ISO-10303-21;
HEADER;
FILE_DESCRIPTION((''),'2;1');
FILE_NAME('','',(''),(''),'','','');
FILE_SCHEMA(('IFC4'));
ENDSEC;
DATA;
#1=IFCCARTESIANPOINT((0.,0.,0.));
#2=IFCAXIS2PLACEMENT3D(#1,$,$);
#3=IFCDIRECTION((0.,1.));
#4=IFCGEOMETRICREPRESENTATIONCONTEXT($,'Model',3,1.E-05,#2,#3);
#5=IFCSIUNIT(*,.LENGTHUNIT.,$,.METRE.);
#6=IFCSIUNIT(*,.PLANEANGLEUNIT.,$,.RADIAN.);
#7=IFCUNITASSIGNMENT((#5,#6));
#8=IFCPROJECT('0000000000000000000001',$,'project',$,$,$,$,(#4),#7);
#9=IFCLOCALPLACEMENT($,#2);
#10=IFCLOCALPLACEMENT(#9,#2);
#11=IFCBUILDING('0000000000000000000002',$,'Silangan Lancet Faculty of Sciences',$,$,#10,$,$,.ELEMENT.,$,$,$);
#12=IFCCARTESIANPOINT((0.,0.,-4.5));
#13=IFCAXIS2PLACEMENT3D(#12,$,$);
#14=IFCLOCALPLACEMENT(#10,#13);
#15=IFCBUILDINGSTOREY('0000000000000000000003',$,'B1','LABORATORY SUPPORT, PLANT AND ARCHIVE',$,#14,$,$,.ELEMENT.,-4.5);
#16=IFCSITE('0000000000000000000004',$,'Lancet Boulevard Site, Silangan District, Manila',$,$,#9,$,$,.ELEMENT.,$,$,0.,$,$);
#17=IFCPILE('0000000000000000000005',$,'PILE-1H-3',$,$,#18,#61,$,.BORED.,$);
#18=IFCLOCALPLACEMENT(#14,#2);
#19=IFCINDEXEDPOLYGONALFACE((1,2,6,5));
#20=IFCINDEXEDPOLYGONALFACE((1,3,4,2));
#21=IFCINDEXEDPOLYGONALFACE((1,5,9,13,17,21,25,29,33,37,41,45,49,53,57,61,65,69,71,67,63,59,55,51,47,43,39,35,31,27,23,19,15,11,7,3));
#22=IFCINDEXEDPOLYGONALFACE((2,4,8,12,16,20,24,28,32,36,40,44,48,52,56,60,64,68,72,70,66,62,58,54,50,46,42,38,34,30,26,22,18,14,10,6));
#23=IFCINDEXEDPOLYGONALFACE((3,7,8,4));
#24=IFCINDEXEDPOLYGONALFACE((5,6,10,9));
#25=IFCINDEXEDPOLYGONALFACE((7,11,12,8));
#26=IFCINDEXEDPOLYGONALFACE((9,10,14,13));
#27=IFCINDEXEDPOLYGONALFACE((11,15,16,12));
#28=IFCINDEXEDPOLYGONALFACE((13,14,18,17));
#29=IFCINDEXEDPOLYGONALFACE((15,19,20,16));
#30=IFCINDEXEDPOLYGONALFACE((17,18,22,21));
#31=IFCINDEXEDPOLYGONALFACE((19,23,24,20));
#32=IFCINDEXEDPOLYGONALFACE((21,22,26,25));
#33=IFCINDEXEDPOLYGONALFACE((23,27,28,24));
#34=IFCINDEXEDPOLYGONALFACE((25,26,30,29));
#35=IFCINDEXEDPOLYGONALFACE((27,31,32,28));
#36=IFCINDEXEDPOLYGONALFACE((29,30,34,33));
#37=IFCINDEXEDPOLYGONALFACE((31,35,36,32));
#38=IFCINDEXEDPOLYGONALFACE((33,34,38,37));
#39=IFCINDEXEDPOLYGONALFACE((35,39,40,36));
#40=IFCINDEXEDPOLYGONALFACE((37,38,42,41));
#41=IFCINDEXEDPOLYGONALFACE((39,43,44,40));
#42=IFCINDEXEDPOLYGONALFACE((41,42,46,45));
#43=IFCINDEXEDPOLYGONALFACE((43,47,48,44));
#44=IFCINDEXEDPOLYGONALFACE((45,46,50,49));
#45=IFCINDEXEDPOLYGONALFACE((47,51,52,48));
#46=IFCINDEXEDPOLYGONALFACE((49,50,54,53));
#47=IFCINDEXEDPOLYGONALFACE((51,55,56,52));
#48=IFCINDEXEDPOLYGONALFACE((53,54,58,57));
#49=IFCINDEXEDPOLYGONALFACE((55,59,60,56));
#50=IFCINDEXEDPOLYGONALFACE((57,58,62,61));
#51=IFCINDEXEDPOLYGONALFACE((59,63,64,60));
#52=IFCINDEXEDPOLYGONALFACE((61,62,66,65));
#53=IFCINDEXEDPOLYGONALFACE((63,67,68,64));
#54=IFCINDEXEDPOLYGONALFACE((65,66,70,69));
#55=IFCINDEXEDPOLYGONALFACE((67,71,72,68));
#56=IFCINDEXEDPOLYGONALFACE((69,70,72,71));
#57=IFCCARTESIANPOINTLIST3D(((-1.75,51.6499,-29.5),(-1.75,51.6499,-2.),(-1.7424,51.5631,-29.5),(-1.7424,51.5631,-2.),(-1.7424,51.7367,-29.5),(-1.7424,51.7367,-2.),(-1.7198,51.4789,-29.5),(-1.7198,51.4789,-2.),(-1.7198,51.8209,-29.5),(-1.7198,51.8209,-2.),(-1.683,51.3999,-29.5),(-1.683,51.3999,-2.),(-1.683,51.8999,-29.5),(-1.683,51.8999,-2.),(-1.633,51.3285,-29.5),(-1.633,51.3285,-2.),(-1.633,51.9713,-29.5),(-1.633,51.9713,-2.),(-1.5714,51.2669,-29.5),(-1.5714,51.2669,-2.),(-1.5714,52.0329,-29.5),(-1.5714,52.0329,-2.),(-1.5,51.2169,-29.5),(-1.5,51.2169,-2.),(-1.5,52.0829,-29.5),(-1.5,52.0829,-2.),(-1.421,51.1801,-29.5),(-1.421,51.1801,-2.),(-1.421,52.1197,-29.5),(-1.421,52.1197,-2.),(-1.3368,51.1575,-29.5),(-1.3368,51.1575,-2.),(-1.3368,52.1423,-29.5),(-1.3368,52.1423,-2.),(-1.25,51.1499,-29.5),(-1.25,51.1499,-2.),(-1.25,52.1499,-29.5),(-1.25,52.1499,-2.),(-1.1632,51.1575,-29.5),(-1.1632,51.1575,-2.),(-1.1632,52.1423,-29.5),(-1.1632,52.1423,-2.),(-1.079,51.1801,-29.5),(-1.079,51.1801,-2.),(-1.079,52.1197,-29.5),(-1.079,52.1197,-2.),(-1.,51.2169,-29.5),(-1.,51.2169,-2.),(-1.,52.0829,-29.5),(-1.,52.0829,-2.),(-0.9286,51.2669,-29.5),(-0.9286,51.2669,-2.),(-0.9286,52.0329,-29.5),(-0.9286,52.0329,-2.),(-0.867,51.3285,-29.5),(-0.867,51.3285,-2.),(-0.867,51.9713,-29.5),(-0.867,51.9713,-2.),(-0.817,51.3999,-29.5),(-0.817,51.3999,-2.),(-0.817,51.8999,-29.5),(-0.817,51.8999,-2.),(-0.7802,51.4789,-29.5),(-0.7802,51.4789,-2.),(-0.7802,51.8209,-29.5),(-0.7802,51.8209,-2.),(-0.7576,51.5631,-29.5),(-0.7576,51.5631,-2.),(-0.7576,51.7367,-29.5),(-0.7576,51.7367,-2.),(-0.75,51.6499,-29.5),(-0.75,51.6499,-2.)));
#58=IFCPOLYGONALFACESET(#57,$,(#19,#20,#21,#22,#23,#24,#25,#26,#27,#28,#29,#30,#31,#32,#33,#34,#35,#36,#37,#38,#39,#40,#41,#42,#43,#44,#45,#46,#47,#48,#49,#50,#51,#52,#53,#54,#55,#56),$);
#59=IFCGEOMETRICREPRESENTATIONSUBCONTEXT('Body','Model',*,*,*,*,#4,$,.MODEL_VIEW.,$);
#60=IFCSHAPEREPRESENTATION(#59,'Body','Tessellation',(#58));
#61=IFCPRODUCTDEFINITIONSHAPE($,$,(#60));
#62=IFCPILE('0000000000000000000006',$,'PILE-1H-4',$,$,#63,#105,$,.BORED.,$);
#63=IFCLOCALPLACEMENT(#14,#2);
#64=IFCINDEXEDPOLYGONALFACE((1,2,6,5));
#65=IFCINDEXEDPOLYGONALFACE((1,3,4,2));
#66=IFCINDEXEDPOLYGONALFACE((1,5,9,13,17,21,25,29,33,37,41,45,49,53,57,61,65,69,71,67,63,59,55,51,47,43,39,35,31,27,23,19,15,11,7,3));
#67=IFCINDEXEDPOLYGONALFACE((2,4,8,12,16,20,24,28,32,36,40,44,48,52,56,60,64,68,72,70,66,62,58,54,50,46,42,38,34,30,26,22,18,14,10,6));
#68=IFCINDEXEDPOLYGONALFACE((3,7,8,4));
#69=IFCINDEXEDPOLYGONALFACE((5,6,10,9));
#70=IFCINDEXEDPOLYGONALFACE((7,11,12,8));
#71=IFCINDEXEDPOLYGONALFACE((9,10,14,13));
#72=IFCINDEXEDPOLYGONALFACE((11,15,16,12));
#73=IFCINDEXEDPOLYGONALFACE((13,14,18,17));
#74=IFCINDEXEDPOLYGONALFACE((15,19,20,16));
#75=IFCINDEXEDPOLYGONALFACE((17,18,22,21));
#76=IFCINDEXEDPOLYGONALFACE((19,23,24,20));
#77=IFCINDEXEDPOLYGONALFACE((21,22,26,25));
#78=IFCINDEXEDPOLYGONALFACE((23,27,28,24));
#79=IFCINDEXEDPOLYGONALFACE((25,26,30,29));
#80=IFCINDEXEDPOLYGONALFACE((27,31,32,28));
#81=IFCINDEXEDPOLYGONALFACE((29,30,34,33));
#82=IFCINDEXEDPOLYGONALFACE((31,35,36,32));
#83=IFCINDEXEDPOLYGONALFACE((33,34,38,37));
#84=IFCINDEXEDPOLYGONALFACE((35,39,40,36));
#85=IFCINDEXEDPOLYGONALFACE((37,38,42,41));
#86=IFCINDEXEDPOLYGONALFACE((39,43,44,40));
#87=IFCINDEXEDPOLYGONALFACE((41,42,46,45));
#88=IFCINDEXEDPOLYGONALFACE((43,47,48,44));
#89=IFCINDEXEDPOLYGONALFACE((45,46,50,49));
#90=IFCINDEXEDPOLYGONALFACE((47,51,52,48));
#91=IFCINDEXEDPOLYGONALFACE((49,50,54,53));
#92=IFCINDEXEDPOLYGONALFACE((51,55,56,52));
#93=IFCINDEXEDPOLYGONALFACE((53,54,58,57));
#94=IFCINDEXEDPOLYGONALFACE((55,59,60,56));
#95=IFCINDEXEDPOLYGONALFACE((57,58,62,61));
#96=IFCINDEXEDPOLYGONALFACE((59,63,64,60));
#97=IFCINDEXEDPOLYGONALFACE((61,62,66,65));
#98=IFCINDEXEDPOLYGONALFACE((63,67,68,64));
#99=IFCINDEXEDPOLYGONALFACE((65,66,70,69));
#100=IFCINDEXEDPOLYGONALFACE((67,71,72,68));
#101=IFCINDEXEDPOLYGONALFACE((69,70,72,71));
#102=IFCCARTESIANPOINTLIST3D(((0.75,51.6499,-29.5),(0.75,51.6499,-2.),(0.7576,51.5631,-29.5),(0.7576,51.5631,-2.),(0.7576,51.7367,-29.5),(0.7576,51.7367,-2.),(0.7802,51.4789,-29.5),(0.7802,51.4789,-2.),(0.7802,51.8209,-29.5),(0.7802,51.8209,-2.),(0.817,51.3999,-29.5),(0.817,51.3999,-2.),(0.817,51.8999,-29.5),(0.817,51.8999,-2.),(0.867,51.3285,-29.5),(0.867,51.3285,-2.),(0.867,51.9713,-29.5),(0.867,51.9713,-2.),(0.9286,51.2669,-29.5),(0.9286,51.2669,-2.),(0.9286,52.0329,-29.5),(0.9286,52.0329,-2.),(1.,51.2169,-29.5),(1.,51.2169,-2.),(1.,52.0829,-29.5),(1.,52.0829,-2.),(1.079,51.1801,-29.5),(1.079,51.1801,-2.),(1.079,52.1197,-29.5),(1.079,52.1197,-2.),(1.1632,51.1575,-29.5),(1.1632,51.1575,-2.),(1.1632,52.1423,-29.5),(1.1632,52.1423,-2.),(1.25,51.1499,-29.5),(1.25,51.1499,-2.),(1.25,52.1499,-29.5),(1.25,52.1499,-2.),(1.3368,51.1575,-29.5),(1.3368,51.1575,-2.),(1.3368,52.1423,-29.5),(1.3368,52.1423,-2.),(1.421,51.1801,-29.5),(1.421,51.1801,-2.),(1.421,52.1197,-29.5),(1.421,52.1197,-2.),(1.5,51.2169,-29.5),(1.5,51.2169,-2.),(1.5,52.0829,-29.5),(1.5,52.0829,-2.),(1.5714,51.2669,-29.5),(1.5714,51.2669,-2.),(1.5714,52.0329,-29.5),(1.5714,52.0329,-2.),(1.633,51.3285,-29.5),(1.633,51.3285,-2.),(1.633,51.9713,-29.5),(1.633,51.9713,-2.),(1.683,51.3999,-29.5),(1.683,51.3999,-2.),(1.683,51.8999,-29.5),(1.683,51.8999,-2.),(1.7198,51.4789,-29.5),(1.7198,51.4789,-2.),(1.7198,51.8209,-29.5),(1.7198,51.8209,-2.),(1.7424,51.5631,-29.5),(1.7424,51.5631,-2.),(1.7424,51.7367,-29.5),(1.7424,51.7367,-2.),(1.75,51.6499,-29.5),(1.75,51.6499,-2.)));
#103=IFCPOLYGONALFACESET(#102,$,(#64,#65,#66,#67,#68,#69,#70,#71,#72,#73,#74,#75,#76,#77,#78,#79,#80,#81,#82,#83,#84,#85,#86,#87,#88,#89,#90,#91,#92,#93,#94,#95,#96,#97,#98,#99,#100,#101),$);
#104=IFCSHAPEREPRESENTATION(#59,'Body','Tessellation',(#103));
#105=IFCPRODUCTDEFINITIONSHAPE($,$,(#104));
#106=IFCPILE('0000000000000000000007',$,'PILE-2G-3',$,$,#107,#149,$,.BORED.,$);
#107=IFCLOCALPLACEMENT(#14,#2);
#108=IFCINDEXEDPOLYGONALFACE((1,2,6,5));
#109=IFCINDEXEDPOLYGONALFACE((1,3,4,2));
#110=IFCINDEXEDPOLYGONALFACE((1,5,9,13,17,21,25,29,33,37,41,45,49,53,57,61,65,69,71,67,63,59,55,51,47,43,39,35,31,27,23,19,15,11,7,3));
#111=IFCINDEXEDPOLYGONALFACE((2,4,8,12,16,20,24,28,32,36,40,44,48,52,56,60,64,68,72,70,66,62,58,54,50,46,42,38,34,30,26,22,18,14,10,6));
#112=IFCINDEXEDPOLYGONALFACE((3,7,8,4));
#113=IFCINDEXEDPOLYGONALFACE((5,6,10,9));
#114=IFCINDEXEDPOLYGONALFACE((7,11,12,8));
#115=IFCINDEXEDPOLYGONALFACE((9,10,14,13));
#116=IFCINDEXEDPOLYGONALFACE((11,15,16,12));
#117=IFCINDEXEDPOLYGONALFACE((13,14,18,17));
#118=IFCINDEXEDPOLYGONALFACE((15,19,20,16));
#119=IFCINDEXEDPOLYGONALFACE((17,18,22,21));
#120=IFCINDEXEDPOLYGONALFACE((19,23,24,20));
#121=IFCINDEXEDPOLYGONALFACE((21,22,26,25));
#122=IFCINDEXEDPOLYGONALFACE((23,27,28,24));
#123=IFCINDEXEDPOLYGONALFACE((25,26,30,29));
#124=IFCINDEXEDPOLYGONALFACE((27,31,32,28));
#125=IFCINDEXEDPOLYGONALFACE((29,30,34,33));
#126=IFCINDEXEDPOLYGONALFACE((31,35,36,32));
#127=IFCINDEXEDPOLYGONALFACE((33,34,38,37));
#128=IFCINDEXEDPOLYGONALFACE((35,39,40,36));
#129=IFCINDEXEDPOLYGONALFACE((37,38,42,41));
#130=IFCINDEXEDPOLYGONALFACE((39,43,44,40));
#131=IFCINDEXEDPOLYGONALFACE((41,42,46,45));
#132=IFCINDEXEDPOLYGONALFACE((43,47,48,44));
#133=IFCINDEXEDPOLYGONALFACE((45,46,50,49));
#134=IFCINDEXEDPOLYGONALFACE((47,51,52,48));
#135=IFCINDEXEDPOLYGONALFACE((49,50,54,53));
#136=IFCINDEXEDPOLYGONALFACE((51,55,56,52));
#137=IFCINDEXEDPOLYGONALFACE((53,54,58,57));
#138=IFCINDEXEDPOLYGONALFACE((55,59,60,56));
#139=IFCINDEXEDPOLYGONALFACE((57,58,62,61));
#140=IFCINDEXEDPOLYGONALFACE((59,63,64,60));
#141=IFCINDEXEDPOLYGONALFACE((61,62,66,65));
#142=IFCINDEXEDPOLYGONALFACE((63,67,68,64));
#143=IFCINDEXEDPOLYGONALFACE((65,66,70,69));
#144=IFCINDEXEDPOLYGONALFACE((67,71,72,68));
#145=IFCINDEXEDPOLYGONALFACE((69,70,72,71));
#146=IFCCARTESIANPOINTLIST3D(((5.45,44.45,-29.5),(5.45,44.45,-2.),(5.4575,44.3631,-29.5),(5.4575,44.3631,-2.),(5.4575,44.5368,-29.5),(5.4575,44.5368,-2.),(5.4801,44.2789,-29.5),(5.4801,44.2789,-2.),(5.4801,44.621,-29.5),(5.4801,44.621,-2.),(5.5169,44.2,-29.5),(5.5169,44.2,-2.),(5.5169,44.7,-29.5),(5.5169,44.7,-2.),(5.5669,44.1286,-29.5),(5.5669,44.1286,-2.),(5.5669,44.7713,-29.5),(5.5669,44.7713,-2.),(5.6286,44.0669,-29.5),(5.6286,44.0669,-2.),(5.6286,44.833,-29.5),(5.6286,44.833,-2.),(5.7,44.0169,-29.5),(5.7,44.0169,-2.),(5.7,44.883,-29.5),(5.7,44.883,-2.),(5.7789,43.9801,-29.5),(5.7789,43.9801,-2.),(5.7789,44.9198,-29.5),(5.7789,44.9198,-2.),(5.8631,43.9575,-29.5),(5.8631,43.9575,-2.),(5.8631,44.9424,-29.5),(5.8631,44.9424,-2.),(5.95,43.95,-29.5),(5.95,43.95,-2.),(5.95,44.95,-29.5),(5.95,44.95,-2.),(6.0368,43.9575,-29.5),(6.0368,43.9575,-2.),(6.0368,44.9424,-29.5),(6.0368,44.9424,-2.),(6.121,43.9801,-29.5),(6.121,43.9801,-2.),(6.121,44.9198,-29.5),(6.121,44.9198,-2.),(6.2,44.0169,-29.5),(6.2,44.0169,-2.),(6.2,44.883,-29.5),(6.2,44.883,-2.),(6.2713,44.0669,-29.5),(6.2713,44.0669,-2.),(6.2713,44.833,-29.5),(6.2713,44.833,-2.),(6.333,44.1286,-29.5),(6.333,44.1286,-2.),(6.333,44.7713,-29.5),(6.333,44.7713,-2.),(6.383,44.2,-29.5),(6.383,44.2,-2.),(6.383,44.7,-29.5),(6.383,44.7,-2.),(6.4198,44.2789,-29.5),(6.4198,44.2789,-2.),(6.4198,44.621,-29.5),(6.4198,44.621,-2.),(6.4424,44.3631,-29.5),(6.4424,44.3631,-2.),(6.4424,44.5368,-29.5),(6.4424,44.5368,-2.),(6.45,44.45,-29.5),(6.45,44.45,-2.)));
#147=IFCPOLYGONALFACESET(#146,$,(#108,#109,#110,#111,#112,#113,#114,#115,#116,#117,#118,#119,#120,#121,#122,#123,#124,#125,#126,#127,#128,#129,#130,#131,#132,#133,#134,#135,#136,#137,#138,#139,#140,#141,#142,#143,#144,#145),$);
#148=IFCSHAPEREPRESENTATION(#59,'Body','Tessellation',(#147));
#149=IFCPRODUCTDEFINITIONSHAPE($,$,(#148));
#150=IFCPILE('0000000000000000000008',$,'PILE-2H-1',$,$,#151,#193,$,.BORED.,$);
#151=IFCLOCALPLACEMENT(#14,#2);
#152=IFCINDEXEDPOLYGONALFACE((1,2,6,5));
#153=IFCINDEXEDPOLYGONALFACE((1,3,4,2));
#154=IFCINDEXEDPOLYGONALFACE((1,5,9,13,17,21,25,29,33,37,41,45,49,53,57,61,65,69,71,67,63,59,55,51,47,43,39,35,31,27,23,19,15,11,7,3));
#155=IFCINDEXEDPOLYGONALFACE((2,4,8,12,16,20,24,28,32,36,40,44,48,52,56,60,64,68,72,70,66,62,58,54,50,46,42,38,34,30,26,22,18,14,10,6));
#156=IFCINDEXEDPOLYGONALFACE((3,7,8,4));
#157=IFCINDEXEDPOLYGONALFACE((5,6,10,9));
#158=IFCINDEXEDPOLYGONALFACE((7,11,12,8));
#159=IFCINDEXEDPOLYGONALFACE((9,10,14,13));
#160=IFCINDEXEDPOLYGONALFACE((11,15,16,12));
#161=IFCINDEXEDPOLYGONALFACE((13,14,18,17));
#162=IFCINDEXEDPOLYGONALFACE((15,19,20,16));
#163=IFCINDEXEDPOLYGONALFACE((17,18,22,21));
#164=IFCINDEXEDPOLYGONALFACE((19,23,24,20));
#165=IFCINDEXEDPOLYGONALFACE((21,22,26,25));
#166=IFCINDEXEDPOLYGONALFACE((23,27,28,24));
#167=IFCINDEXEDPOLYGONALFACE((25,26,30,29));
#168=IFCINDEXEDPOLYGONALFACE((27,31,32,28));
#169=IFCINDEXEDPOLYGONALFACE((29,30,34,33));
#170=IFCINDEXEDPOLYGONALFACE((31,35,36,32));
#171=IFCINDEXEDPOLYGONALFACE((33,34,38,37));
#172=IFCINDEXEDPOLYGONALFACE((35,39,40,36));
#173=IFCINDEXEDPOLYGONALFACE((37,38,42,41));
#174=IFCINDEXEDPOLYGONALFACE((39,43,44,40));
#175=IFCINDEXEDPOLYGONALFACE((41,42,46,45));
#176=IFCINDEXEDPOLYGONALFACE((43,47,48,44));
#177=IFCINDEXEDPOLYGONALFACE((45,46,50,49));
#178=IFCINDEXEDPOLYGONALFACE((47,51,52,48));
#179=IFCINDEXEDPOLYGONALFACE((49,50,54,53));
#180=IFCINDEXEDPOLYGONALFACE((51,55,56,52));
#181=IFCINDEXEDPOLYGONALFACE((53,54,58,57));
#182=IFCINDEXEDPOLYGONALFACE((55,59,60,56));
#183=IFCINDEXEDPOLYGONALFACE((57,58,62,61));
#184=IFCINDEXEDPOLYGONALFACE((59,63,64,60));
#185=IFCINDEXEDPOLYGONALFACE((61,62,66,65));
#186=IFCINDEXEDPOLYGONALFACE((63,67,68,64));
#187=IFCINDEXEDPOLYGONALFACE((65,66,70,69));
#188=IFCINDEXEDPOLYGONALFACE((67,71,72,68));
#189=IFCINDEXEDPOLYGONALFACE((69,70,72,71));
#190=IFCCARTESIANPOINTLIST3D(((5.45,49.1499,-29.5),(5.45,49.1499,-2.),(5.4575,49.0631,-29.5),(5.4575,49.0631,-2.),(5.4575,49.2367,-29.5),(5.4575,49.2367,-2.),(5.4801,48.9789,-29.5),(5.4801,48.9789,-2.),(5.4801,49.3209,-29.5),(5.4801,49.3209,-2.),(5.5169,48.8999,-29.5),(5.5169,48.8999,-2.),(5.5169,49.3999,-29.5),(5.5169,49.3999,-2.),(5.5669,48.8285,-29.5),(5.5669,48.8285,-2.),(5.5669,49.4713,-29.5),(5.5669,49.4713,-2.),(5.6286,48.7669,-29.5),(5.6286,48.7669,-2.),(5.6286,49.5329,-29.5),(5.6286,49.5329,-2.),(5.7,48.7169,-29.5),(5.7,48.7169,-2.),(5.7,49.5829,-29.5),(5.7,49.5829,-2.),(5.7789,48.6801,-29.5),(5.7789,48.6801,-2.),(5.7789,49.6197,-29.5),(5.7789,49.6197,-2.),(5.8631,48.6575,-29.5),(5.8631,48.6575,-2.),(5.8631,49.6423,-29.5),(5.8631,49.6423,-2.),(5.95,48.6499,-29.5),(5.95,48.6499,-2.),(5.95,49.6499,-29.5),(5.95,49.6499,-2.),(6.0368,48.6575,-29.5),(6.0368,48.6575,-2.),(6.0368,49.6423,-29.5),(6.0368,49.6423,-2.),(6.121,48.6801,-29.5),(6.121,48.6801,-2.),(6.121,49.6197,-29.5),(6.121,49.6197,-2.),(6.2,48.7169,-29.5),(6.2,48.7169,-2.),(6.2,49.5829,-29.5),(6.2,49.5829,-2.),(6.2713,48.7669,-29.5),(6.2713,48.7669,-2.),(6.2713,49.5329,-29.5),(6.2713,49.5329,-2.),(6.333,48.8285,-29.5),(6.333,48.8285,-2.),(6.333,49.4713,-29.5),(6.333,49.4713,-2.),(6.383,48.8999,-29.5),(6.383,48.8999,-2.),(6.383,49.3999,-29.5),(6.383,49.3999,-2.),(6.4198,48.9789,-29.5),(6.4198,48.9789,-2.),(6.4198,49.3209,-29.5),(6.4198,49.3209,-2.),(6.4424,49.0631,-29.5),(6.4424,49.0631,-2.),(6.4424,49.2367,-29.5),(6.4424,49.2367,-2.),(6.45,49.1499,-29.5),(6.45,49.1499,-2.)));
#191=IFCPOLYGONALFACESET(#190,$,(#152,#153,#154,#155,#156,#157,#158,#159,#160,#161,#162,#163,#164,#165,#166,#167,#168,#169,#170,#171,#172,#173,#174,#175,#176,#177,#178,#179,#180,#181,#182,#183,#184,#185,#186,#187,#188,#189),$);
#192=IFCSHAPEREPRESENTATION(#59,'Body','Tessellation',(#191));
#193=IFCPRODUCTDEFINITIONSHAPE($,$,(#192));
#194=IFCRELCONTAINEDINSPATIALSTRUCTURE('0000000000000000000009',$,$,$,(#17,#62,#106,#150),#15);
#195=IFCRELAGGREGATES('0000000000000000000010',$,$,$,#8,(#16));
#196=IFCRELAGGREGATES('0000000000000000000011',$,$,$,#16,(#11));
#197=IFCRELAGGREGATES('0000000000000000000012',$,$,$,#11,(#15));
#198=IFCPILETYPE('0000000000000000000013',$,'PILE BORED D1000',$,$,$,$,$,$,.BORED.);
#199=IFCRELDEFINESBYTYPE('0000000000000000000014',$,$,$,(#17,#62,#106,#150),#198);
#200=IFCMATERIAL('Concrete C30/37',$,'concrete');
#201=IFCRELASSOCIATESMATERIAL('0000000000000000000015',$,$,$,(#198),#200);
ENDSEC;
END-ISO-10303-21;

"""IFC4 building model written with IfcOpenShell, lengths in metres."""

from ifc_helpers import new_model, si_unit, direction, frame, origin, origin_2d, place, context, subcontext, project, spatial, circle, extrude, material, material_profile, profile_set, type_object, element, save


model = new_model("IFC4")

# Units and contexts
model_context = context("Model", 3, precision=1e-05, world=origin(), true_north=direction((0.0, 1.0)))
body_context = subcontext(model_context, "Body", "Model", "MODEL_VIEW")
ifc_project = project(units=[si_unit("LENGTHUNIT", "METRE"), si_unit("PLANEANGLEUNIT", "RADIAN")], contexts=[model_context])

# Site, building, storey
site_placement = place(None, origin())
site = spatial("IfcSite", under=ifc_project, at=site_placement, Name="Lancet Boulevard Site, Silangan District, Manila", CompositionType="ELEMENT", RefElevation=0.0)
building_placement = place(site_placement, origin())
building = spatial("IfcBuilding", under=site, at=building_placement, Name="Silangan Lancet Faculty of Sciences", CompositionType="ELEMENT")
storey_placement = place(building_placement, frame((0.0, 0.0, -4.5)))
storey = spatial("IfcBuildingStorey", under=building, at=storey_placement, Name="B1", Description="LABORATORY SUPPORT, PLANT AND ARCHIVE", CompositionType="ELEMENT", Elevation=-4.5)

# Piles
ifc_material_1 = material(Name="Concrete C30/37", Category="concrete")
ifc_material_profile_1 = material_profile(ifc_material_1, circle(Radius=0.5, at=origin_2d()), Name="BORED PILE D1000")
ifc_profile_set_1 = profile_set([ifc_material_profile_1], Name="Concrete C30/37")
pile_type_1 = type_object("IfcPileType", Name="PILE BORED D1000", PredefinedType="BORED", material=ifc_profile_set_1)
for number, where, z_axis, x_axis, name in (
    (1, (-1.25, 51.6499, -2.0), (0.0, 0.0, -1.0), (1.0, 0.0, 0.0), "PILE-1H-3"),
    (2, (1.25, 51.6499, -2.0), (0.0, 0.0, -1.0), (1.0, 0.0, 0.0), "PILE-1H-4"),
    (3, (5.95, 44.45, -2.0), (0.0, 0.0, -1.0), (1.0, 0.0, 0.0), "PILE-2G-3"),
    (4, (5.95, 49.1499, -2.0), (0.0, 0.0, -1.0), (1.0, 0.0, 0.0), "PILE-2H-1"),
):
    element("IfcPile", number, at=place(storey_placement, frame(where, z_axis=z_axis, x_axis=x_axis)), inside=storey, type_object=pile_type_1, Name=name, PredefinedType="BORED", context=body_context, shape_type="SweptSolid", body=[
        extrude(circle(Radius=0.5, at=origin_2d()), origin(), (0.0, 0.0, 1.0), 27.5),
    ])

save(model, "model.ifc")
